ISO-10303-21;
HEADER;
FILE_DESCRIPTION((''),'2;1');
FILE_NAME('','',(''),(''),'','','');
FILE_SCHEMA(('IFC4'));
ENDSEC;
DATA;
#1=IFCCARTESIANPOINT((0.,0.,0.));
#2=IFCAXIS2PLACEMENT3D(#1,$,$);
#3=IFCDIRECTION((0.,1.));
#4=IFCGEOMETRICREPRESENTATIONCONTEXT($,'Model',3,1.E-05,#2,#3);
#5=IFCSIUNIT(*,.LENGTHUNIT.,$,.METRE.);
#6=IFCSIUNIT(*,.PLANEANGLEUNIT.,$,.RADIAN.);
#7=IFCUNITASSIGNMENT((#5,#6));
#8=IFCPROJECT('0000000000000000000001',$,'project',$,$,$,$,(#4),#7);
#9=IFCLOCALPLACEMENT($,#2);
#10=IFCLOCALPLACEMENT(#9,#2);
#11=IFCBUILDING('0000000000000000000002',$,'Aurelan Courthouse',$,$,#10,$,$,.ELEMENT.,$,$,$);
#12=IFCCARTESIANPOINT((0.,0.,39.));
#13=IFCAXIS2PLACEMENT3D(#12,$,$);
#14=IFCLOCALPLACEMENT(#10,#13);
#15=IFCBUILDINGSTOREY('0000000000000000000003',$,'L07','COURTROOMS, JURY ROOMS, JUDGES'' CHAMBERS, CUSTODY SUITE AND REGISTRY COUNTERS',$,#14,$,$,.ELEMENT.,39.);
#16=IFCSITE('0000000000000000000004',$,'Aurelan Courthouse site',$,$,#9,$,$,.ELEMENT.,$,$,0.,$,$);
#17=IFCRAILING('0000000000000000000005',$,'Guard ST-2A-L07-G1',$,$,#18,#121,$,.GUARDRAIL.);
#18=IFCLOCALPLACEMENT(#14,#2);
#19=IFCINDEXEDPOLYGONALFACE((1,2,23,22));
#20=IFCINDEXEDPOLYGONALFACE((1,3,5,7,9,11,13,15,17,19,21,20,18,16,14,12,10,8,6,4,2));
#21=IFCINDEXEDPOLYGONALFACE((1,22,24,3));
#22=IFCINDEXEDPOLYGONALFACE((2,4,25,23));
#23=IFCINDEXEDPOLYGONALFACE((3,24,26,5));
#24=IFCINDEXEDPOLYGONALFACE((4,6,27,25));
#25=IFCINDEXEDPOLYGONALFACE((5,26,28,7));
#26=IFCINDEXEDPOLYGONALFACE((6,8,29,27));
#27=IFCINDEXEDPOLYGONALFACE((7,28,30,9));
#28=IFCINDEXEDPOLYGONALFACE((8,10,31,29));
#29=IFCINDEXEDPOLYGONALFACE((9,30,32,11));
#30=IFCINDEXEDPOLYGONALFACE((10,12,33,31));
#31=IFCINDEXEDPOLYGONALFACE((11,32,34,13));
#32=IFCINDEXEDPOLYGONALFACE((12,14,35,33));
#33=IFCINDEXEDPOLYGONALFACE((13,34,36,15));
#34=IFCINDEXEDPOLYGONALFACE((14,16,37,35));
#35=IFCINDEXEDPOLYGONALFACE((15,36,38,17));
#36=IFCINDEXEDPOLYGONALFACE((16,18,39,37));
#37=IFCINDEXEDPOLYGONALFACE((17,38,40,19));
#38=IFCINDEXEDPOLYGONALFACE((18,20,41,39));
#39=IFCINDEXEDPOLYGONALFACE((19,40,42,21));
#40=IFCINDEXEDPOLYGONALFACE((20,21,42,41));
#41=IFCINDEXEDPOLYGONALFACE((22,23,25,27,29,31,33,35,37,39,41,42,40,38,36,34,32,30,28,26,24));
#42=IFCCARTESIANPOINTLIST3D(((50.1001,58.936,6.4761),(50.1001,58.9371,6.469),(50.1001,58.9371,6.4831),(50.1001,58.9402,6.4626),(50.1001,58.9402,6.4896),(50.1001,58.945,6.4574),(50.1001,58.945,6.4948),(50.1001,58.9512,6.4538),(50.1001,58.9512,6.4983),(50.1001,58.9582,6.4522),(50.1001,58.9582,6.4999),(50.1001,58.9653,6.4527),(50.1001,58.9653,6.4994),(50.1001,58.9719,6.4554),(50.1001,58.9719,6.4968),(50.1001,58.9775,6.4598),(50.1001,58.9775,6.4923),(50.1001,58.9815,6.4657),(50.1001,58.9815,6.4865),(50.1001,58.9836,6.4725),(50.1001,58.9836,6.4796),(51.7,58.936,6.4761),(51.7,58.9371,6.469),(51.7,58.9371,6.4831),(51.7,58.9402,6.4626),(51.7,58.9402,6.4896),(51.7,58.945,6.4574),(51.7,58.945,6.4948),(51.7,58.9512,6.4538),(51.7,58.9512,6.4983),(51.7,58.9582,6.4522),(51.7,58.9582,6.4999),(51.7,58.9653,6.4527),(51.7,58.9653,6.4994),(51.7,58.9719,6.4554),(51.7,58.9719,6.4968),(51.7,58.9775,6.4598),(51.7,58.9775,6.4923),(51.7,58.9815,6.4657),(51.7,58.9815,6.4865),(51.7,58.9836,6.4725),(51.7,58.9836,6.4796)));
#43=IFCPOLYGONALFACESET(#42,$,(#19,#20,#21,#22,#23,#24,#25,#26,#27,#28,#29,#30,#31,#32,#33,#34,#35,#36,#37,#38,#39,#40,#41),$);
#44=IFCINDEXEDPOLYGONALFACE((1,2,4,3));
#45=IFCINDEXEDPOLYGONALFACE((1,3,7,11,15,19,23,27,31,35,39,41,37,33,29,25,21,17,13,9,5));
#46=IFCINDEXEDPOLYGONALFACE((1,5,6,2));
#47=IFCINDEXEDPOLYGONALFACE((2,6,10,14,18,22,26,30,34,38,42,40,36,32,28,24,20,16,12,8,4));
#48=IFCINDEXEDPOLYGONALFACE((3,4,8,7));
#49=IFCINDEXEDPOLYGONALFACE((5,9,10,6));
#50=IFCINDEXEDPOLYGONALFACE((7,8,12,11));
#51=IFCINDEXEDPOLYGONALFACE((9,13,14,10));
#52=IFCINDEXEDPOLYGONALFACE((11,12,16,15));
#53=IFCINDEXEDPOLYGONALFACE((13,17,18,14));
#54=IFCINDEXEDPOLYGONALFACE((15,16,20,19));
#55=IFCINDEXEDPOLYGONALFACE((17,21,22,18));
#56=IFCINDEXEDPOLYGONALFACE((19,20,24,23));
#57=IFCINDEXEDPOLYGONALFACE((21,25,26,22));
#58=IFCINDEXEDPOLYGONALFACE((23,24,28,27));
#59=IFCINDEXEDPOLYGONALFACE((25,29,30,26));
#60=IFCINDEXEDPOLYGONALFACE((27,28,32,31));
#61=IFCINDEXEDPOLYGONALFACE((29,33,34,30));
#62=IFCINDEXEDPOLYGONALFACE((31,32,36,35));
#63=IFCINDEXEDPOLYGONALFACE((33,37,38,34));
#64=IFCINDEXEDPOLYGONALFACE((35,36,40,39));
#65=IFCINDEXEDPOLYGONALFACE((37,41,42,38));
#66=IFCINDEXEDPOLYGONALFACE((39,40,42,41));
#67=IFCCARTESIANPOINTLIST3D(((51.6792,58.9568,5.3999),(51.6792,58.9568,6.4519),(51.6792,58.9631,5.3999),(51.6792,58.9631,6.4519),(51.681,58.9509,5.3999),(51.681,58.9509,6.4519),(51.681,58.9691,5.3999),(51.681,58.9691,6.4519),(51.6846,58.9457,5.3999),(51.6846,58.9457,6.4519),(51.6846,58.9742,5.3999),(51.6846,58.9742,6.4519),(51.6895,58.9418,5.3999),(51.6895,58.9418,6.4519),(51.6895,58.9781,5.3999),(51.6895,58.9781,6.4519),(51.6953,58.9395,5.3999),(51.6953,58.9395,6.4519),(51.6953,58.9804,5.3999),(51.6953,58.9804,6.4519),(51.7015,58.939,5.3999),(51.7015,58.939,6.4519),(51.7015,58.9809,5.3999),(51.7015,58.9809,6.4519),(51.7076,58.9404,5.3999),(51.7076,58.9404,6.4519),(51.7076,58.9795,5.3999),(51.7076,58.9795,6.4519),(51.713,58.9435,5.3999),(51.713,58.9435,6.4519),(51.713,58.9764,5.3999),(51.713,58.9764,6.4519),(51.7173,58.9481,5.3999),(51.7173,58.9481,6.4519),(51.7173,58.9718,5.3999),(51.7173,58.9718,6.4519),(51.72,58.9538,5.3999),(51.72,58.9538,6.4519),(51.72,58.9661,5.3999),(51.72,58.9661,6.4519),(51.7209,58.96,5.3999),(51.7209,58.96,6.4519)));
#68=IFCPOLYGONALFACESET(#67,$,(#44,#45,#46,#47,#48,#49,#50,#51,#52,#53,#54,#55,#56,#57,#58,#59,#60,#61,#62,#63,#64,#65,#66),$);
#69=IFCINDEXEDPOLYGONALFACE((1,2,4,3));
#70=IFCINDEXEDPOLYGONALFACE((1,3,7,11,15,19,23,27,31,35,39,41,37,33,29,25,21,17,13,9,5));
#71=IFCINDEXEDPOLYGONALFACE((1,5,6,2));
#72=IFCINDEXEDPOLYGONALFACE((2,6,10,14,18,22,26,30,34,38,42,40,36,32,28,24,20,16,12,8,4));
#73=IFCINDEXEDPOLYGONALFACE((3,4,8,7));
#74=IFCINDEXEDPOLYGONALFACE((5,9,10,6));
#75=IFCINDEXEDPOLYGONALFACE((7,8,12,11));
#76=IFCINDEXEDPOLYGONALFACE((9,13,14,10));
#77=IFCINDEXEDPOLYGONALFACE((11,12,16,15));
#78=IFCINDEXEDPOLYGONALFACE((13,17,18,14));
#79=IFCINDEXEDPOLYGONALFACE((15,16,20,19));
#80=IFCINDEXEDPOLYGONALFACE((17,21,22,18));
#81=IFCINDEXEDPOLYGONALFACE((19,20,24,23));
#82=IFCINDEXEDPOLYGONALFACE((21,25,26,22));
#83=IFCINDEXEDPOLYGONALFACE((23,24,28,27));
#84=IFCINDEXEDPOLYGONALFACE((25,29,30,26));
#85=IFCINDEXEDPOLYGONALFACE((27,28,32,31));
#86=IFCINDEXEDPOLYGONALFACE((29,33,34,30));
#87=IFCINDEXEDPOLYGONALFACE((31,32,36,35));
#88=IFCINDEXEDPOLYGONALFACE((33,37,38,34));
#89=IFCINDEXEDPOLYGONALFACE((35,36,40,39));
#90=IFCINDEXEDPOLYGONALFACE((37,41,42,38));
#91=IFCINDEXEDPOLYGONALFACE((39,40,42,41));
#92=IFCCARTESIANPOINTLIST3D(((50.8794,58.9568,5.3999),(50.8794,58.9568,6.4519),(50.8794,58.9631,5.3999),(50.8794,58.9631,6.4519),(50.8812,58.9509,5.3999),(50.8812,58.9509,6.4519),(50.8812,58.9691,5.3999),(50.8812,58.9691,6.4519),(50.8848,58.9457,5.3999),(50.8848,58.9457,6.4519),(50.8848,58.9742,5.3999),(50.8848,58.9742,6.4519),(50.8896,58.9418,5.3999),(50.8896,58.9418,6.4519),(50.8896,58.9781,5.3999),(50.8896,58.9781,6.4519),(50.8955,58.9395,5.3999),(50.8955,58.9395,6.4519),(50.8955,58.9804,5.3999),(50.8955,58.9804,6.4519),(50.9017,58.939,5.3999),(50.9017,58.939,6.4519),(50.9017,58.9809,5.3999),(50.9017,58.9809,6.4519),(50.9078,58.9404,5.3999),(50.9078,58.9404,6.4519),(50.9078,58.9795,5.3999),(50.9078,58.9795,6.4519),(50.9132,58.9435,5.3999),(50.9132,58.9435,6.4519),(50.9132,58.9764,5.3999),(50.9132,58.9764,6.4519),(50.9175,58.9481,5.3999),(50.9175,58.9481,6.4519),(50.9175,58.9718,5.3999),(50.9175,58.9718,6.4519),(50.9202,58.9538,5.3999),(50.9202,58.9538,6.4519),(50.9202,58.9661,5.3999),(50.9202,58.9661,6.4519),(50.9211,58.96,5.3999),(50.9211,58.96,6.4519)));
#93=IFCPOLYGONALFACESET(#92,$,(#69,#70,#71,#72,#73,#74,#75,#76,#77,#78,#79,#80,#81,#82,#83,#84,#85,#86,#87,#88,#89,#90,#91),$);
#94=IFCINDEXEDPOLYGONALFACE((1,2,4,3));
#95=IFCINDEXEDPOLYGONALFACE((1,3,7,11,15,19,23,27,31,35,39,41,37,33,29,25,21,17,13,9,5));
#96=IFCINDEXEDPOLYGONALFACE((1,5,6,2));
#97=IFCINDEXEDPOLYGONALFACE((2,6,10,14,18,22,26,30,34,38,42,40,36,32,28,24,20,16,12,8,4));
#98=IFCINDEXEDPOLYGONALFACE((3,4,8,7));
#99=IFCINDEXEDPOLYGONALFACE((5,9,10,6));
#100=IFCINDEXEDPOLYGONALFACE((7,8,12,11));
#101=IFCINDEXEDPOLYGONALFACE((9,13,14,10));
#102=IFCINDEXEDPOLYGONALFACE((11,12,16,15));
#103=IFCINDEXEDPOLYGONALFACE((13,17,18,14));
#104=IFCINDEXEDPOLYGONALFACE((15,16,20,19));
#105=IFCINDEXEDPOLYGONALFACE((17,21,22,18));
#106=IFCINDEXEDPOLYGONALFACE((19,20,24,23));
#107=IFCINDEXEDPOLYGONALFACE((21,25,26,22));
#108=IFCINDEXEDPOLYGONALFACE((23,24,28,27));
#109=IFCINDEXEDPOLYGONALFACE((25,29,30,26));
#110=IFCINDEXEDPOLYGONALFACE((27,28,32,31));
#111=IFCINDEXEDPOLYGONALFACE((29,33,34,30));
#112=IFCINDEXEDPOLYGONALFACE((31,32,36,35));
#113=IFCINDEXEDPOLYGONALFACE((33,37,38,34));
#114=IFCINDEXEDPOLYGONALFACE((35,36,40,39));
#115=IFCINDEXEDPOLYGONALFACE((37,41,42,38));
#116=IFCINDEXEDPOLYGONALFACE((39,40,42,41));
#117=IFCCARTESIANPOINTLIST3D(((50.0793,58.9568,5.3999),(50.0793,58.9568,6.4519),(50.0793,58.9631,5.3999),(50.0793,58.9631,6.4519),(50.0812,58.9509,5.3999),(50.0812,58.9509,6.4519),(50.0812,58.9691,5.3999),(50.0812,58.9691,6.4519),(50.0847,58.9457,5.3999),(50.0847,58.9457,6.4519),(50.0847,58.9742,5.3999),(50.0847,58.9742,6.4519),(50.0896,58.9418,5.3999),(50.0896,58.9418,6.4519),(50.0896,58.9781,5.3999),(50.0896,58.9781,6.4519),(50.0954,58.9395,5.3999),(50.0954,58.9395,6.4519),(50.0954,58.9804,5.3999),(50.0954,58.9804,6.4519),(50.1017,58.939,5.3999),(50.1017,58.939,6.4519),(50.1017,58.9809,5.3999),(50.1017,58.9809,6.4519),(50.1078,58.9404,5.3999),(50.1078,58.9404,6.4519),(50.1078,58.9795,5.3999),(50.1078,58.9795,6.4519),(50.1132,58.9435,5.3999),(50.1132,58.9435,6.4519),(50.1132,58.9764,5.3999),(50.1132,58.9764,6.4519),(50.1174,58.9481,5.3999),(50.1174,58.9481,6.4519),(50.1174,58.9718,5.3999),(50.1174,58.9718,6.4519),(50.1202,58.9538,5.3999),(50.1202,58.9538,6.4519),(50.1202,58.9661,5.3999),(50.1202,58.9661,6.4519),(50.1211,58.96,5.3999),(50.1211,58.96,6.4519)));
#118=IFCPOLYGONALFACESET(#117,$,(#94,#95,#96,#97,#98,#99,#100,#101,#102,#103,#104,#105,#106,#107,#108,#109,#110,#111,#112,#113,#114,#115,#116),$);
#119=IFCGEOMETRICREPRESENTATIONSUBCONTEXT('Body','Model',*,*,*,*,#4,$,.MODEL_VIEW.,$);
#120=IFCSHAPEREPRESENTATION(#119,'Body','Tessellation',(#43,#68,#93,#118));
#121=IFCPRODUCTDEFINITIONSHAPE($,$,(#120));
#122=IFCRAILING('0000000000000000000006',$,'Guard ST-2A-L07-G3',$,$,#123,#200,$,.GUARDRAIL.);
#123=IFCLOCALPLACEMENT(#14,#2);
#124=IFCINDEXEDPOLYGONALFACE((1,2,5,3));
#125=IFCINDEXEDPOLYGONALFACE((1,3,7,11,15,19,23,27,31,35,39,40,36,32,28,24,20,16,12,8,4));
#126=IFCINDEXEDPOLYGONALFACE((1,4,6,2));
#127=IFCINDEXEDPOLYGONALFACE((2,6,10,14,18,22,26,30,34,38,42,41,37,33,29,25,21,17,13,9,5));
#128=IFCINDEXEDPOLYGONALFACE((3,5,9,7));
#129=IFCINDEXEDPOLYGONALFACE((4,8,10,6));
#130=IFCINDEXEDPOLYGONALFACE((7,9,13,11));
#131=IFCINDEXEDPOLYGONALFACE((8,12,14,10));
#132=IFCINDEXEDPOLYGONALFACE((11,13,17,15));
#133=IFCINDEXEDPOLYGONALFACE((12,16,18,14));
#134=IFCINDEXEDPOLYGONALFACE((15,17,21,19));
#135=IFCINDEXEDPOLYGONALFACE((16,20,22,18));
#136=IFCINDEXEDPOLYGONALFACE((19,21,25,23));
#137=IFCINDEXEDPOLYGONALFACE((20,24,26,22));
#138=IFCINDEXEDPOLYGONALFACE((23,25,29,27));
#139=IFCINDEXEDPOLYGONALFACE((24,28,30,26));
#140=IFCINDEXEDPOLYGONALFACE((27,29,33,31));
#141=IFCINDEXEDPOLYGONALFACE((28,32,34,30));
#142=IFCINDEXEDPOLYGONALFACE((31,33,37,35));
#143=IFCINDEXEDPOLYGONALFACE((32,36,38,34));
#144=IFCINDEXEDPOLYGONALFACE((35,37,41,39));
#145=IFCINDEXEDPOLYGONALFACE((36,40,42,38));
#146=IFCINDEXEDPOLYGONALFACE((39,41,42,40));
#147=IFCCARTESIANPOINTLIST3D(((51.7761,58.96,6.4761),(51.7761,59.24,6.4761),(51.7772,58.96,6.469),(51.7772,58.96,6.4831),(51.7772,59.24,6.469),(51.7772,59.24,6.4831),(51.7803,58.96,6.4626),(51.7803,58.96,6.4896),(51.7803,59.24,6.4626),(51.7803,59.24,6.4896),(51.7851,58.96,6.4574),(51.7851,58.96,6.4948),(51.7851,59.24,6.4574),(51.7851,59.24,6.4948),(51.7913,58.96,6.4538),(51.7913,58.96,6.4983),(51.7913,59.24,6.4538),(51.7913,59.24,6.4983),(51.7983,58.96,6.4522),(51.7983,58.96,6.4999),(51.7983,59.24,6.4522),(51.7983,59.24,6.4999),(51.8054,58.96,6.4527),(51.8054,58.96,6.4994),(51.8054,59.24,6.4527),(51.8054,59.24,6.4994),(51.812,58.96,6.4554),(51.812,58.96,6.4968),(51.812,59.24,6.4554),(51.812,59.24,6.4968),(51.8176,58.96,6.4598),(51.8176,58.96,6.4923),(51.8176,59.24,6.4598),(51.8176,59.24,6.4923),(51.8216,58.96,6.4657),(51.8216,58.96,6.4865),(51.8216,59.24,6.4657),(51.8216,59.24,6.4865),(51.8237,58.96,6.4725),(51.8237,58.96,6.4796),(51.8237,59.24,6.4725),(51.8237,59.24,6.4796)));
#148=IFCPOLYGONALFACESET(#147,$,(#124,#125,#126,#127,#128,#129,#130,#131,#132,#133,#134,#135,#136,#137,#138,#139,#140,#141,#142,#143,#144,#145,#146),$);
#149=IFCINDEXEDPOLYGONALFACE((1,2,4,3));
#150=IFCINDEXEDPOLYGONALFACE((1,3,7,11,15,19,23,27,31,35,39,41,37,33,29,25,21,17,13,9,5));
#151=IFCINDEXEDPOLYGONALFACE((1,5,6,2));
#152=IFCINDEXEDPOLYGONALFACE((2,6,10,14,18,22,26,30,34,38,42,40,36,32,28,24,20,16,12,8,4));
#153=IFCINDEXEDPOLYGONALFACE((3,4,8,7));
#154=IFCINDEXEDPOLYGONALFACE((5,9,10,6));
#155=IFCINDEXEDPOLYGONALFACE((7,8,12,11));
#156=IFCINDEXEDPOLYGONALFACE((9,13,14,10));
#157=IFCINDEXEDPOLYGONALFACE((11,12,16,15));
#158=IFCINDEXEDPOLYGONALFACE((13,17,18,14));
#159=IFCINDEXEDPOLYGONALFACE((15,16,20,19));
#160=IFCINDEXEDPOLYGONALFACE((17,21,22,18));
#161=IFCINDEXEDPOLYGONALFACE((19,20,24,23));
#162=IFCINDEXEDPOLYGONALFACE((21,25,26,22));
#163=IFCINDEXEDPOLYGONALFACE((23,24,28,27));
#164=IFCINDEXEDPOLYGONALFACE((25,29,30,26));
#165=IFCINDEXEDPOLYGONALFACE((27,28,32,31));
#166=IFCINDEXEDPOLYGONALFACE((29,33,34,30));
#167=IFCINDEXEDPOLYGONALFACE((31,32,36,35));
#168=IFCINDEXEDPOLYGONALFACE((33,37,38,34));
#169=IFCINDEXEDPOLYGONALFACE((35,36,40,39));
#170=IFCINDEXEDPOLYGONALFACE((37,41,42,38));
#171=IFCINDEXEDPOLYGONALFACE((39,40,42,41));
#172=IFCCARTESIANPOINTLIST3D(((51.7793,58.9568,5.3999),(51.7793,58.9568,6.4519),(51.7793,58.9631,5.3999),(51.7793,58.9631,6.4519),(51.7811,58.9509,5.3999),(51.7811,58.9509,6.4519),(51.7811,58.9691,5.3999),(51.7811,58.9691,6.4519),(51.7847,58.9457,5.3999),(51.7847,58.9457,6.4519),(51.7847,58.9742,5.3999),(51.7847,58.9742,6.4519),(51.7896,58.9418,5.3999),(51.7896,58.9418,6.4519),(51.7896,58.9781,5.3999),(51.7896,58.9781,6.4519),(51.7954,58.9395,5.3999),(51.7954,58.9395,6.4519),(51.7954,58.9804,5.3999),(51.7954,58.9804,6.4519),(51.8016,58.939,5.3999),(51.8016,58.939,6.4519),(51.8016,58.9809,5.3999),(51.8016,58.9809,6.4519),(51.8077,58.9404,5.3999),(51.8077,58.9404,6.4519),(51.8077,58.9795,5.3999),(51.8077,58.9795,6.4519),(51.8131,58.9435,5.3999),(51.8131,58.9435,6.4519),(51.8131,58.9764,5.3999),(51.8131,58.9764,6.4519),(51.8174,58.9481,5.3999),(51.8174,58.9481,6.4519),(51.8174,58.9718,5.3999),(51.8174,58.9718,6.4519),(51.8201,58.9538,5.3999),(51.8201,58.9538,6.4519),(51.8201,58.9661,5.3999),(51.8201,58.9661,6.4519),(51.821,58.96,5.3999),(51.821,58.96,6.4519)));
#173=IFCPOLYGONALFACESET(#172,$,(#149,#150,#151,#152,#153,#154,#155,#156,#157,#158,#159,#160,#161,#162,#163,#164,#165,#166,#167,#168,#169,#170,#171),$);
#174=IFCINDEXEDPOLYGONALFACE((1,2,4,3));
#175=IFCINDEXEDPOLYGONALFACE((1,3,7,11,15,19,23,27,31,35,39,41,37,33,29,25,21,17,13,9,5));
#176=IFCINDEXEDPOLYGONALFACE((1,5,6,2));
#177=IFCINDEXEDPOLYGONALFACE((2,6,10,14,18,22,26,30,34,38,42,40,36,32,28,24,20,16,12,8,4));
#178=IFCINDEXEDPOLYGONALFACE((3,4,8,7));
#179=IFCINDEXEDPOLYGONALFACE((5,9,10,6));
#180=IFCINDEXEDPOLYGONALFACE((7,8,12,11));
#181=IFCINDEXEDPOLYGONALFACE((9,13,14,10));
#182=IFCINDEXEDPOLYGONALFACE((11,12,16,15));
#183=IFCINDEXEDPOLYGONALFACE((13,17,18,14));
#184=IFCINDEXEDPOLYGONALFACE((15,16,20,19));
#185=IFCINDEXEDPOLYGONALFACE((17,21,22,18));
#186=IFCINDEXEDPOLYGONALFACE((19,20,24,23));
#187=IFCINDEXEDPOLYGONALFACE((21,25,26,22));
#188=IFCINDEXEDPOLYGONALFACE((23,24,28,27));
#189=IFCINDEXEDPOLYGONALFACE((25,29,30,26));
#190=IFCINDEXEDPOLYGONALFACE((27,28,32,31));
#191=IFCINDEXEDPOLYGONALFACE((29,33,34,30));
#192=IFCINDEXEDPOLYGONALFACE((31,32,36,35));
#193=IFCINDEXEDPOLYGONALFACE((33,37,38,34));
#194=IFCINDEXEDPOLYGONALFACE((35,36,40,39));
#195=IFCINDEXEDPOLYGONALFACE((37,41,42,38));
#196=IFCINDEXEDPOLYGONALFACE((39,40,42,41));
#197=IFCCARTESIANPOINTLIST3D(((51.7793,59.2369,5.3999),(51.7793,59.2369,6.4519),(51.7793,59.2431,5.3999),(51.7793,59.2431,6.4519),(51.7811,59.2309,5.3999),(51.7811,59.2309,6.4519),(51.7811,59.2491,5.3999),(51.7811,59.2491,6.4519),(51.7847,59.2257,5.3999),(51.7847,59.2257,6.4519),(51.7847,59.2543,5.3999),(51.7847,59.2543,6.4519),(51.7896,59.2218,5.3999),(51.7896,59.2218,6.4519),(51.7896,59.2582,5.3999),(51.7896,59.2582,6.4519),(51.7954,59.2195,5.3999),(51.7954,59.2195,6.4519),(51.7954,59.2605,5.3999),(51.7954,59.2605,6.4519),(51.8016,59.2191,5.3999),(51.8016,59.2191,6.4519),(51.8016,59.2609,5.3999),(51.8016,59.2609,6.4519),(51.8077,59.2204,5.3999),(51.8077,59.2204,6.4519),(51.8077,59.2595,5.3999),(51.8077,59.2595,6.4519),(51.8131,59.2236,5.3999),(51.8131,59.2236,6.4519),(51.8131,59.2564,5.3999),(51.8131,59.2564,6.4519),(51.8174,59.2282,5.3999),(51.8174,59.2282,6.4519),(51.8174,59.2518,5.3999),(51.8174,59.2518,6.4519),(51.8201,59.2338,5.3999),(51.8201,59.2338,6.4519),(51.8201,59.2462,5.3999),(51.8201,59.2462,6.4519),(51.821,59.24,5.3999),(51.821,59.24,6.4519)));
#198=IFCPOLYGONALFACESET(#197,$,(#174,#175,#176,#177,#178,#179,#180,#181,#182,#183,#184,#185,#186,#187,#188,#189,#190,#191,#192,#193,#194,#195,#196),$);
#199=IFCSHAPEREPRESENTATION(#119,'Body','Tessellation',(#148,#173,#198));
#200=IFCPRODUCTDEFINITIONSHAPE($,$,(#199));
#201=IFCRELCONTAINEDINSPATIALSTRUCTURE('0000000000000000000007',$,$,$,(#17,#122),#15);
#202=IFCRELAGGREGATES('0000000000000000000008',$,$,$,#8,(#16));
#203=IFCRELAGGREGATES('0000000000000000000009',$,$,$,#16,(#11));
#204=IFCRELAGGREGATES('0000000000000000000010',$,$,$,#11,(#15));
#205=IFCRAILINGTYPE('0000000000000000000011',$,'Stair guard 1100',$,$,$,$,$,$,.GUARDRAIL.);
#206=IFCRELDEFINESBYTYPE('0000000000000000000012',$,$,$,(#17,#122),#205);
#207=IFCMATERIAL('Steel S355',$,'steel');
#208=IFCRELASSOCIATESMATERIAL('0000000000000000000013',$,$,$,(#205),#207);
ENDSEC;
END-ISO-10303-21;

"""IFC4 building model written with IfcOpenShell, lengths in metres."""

from ifc_helpers import new_model, si_unit, direction, frame, origin, origin_2d, place, context, subcontext, project, spatial, circle, extrude, material, type_object, element, save


model = new_model("IFC4")

# Units and contexts
model_context = context("Model", 3, precision=1e-05, world=origin(), true_north=direction((0.0, 1.0)))
body_context = subcontext(model_context, "Body", "Model", "MODEL_VIEW")
ifc_project = project(units=[si_unit("LENGTHUNIT", "METRE"), si_unit("PLANEANGLEUNIT", "RADIAN")], contexts=[model_context])

# Site, building, storey
site_placement = place(None, origin())
site = spatial("IfcSite", under=ifc_project, at=site_placement, Name="Aurelan Courthouse site", CompositionType="ELEMENT", RefElevation=0.0)
building_placement = place(site_placement, origin())
building = spatial("IfcBuilding", under=site, at=building_placement, Name="Aurelan Courthouse", CompositionType="ELEMENT")
storey_placement = place(building_placement, frame((0.0, 0.0, 39.0)))
storey = spatial("IfcBuildingStorey", under=building, at=storey_placement, Name="L07", Description="COURTROOMS, JURY ROOMS, JUDGES' CHAMBERS, CUSTODY SUITE AND REGISTRY COUNTERS", CompositionType="ELEMENT", Elevation=39.0)

# Shared definitions
ifc_material_1 = material(Name="Steel S355", Category="steel")

# Railings
railing_type_1 = type_object("IfcRailingType", Name="Stair guard 1100", PredefinedType="GUARDRAIL", material=ifc_material_1)
railing_1_placement = place(storey_placement, frame((51.7, 58.96, 5.3999)))
element("IfcRailing", 1, at=railing_1_placement, inside=storey, type_object=railing_type_1, Name="Guard ST-2A-L07-G1", PredefinedType="GUARDRAIL", context=body_context, shape_type="SweptSolid", body=[
    extrude(circle(Radius=0.0239, at=origin_2d()), frame((0.0, 0.0, 1.0762), z_axis=(-1.0, 0.0, 0.0), x_axis=(0.0, -1.0, 0.0)), (0.0, 0.0, 1.0), 1.5999),
    extrude(circle(Radius=0.021, at=origin_2d()), origin(), (0.0, 0.0, 1.0), 1.052),
    extrude(circle(Radius=0.021, at=origin_2d()), frame((-0.7998, 0.0, 0.0)), (0.0, 0.0, 1.0), 1.052),
    extrude(circle(Radius=0.021, at=origin_2d()), frame((-1.5999, 0.0, 0.0)), (0.0, 0.0, 1.0), 1.052),
])
railing_2_placement = place(storey_placement, frame((51.8, 58.96, 5.3999)))
element("IfcRailing", 2, at=railing_2_placement, inside=storey, type_object=railing_type_1, Name="Guard ST-2A-L07-G3", PredefinedType="GUARDRAIL", context=body_context, shape_type="SweptSolid", body=[
    extrude(circle(Radius=0.0239, at=origin_2d()), frame((0.0, 0.0, 1.0762), z_axis=(0.0, 1.0, 0.0), x_axis=(-1.0, 0.0, 0.0)), (0.0, 0.0, 1.0), 0.28),
    extrude(circle(Radius=0.021, at=origin_2d()), origin(), (0.0, 0.0, 1.0), 1.052),
    extrude(circle(Radius=0.021, at=origin_2d()), frame((0.0, 0.28, 0.0)), (0.0, 0.0, 1.0), 1.052),
])

save(model, "model.ifc")
